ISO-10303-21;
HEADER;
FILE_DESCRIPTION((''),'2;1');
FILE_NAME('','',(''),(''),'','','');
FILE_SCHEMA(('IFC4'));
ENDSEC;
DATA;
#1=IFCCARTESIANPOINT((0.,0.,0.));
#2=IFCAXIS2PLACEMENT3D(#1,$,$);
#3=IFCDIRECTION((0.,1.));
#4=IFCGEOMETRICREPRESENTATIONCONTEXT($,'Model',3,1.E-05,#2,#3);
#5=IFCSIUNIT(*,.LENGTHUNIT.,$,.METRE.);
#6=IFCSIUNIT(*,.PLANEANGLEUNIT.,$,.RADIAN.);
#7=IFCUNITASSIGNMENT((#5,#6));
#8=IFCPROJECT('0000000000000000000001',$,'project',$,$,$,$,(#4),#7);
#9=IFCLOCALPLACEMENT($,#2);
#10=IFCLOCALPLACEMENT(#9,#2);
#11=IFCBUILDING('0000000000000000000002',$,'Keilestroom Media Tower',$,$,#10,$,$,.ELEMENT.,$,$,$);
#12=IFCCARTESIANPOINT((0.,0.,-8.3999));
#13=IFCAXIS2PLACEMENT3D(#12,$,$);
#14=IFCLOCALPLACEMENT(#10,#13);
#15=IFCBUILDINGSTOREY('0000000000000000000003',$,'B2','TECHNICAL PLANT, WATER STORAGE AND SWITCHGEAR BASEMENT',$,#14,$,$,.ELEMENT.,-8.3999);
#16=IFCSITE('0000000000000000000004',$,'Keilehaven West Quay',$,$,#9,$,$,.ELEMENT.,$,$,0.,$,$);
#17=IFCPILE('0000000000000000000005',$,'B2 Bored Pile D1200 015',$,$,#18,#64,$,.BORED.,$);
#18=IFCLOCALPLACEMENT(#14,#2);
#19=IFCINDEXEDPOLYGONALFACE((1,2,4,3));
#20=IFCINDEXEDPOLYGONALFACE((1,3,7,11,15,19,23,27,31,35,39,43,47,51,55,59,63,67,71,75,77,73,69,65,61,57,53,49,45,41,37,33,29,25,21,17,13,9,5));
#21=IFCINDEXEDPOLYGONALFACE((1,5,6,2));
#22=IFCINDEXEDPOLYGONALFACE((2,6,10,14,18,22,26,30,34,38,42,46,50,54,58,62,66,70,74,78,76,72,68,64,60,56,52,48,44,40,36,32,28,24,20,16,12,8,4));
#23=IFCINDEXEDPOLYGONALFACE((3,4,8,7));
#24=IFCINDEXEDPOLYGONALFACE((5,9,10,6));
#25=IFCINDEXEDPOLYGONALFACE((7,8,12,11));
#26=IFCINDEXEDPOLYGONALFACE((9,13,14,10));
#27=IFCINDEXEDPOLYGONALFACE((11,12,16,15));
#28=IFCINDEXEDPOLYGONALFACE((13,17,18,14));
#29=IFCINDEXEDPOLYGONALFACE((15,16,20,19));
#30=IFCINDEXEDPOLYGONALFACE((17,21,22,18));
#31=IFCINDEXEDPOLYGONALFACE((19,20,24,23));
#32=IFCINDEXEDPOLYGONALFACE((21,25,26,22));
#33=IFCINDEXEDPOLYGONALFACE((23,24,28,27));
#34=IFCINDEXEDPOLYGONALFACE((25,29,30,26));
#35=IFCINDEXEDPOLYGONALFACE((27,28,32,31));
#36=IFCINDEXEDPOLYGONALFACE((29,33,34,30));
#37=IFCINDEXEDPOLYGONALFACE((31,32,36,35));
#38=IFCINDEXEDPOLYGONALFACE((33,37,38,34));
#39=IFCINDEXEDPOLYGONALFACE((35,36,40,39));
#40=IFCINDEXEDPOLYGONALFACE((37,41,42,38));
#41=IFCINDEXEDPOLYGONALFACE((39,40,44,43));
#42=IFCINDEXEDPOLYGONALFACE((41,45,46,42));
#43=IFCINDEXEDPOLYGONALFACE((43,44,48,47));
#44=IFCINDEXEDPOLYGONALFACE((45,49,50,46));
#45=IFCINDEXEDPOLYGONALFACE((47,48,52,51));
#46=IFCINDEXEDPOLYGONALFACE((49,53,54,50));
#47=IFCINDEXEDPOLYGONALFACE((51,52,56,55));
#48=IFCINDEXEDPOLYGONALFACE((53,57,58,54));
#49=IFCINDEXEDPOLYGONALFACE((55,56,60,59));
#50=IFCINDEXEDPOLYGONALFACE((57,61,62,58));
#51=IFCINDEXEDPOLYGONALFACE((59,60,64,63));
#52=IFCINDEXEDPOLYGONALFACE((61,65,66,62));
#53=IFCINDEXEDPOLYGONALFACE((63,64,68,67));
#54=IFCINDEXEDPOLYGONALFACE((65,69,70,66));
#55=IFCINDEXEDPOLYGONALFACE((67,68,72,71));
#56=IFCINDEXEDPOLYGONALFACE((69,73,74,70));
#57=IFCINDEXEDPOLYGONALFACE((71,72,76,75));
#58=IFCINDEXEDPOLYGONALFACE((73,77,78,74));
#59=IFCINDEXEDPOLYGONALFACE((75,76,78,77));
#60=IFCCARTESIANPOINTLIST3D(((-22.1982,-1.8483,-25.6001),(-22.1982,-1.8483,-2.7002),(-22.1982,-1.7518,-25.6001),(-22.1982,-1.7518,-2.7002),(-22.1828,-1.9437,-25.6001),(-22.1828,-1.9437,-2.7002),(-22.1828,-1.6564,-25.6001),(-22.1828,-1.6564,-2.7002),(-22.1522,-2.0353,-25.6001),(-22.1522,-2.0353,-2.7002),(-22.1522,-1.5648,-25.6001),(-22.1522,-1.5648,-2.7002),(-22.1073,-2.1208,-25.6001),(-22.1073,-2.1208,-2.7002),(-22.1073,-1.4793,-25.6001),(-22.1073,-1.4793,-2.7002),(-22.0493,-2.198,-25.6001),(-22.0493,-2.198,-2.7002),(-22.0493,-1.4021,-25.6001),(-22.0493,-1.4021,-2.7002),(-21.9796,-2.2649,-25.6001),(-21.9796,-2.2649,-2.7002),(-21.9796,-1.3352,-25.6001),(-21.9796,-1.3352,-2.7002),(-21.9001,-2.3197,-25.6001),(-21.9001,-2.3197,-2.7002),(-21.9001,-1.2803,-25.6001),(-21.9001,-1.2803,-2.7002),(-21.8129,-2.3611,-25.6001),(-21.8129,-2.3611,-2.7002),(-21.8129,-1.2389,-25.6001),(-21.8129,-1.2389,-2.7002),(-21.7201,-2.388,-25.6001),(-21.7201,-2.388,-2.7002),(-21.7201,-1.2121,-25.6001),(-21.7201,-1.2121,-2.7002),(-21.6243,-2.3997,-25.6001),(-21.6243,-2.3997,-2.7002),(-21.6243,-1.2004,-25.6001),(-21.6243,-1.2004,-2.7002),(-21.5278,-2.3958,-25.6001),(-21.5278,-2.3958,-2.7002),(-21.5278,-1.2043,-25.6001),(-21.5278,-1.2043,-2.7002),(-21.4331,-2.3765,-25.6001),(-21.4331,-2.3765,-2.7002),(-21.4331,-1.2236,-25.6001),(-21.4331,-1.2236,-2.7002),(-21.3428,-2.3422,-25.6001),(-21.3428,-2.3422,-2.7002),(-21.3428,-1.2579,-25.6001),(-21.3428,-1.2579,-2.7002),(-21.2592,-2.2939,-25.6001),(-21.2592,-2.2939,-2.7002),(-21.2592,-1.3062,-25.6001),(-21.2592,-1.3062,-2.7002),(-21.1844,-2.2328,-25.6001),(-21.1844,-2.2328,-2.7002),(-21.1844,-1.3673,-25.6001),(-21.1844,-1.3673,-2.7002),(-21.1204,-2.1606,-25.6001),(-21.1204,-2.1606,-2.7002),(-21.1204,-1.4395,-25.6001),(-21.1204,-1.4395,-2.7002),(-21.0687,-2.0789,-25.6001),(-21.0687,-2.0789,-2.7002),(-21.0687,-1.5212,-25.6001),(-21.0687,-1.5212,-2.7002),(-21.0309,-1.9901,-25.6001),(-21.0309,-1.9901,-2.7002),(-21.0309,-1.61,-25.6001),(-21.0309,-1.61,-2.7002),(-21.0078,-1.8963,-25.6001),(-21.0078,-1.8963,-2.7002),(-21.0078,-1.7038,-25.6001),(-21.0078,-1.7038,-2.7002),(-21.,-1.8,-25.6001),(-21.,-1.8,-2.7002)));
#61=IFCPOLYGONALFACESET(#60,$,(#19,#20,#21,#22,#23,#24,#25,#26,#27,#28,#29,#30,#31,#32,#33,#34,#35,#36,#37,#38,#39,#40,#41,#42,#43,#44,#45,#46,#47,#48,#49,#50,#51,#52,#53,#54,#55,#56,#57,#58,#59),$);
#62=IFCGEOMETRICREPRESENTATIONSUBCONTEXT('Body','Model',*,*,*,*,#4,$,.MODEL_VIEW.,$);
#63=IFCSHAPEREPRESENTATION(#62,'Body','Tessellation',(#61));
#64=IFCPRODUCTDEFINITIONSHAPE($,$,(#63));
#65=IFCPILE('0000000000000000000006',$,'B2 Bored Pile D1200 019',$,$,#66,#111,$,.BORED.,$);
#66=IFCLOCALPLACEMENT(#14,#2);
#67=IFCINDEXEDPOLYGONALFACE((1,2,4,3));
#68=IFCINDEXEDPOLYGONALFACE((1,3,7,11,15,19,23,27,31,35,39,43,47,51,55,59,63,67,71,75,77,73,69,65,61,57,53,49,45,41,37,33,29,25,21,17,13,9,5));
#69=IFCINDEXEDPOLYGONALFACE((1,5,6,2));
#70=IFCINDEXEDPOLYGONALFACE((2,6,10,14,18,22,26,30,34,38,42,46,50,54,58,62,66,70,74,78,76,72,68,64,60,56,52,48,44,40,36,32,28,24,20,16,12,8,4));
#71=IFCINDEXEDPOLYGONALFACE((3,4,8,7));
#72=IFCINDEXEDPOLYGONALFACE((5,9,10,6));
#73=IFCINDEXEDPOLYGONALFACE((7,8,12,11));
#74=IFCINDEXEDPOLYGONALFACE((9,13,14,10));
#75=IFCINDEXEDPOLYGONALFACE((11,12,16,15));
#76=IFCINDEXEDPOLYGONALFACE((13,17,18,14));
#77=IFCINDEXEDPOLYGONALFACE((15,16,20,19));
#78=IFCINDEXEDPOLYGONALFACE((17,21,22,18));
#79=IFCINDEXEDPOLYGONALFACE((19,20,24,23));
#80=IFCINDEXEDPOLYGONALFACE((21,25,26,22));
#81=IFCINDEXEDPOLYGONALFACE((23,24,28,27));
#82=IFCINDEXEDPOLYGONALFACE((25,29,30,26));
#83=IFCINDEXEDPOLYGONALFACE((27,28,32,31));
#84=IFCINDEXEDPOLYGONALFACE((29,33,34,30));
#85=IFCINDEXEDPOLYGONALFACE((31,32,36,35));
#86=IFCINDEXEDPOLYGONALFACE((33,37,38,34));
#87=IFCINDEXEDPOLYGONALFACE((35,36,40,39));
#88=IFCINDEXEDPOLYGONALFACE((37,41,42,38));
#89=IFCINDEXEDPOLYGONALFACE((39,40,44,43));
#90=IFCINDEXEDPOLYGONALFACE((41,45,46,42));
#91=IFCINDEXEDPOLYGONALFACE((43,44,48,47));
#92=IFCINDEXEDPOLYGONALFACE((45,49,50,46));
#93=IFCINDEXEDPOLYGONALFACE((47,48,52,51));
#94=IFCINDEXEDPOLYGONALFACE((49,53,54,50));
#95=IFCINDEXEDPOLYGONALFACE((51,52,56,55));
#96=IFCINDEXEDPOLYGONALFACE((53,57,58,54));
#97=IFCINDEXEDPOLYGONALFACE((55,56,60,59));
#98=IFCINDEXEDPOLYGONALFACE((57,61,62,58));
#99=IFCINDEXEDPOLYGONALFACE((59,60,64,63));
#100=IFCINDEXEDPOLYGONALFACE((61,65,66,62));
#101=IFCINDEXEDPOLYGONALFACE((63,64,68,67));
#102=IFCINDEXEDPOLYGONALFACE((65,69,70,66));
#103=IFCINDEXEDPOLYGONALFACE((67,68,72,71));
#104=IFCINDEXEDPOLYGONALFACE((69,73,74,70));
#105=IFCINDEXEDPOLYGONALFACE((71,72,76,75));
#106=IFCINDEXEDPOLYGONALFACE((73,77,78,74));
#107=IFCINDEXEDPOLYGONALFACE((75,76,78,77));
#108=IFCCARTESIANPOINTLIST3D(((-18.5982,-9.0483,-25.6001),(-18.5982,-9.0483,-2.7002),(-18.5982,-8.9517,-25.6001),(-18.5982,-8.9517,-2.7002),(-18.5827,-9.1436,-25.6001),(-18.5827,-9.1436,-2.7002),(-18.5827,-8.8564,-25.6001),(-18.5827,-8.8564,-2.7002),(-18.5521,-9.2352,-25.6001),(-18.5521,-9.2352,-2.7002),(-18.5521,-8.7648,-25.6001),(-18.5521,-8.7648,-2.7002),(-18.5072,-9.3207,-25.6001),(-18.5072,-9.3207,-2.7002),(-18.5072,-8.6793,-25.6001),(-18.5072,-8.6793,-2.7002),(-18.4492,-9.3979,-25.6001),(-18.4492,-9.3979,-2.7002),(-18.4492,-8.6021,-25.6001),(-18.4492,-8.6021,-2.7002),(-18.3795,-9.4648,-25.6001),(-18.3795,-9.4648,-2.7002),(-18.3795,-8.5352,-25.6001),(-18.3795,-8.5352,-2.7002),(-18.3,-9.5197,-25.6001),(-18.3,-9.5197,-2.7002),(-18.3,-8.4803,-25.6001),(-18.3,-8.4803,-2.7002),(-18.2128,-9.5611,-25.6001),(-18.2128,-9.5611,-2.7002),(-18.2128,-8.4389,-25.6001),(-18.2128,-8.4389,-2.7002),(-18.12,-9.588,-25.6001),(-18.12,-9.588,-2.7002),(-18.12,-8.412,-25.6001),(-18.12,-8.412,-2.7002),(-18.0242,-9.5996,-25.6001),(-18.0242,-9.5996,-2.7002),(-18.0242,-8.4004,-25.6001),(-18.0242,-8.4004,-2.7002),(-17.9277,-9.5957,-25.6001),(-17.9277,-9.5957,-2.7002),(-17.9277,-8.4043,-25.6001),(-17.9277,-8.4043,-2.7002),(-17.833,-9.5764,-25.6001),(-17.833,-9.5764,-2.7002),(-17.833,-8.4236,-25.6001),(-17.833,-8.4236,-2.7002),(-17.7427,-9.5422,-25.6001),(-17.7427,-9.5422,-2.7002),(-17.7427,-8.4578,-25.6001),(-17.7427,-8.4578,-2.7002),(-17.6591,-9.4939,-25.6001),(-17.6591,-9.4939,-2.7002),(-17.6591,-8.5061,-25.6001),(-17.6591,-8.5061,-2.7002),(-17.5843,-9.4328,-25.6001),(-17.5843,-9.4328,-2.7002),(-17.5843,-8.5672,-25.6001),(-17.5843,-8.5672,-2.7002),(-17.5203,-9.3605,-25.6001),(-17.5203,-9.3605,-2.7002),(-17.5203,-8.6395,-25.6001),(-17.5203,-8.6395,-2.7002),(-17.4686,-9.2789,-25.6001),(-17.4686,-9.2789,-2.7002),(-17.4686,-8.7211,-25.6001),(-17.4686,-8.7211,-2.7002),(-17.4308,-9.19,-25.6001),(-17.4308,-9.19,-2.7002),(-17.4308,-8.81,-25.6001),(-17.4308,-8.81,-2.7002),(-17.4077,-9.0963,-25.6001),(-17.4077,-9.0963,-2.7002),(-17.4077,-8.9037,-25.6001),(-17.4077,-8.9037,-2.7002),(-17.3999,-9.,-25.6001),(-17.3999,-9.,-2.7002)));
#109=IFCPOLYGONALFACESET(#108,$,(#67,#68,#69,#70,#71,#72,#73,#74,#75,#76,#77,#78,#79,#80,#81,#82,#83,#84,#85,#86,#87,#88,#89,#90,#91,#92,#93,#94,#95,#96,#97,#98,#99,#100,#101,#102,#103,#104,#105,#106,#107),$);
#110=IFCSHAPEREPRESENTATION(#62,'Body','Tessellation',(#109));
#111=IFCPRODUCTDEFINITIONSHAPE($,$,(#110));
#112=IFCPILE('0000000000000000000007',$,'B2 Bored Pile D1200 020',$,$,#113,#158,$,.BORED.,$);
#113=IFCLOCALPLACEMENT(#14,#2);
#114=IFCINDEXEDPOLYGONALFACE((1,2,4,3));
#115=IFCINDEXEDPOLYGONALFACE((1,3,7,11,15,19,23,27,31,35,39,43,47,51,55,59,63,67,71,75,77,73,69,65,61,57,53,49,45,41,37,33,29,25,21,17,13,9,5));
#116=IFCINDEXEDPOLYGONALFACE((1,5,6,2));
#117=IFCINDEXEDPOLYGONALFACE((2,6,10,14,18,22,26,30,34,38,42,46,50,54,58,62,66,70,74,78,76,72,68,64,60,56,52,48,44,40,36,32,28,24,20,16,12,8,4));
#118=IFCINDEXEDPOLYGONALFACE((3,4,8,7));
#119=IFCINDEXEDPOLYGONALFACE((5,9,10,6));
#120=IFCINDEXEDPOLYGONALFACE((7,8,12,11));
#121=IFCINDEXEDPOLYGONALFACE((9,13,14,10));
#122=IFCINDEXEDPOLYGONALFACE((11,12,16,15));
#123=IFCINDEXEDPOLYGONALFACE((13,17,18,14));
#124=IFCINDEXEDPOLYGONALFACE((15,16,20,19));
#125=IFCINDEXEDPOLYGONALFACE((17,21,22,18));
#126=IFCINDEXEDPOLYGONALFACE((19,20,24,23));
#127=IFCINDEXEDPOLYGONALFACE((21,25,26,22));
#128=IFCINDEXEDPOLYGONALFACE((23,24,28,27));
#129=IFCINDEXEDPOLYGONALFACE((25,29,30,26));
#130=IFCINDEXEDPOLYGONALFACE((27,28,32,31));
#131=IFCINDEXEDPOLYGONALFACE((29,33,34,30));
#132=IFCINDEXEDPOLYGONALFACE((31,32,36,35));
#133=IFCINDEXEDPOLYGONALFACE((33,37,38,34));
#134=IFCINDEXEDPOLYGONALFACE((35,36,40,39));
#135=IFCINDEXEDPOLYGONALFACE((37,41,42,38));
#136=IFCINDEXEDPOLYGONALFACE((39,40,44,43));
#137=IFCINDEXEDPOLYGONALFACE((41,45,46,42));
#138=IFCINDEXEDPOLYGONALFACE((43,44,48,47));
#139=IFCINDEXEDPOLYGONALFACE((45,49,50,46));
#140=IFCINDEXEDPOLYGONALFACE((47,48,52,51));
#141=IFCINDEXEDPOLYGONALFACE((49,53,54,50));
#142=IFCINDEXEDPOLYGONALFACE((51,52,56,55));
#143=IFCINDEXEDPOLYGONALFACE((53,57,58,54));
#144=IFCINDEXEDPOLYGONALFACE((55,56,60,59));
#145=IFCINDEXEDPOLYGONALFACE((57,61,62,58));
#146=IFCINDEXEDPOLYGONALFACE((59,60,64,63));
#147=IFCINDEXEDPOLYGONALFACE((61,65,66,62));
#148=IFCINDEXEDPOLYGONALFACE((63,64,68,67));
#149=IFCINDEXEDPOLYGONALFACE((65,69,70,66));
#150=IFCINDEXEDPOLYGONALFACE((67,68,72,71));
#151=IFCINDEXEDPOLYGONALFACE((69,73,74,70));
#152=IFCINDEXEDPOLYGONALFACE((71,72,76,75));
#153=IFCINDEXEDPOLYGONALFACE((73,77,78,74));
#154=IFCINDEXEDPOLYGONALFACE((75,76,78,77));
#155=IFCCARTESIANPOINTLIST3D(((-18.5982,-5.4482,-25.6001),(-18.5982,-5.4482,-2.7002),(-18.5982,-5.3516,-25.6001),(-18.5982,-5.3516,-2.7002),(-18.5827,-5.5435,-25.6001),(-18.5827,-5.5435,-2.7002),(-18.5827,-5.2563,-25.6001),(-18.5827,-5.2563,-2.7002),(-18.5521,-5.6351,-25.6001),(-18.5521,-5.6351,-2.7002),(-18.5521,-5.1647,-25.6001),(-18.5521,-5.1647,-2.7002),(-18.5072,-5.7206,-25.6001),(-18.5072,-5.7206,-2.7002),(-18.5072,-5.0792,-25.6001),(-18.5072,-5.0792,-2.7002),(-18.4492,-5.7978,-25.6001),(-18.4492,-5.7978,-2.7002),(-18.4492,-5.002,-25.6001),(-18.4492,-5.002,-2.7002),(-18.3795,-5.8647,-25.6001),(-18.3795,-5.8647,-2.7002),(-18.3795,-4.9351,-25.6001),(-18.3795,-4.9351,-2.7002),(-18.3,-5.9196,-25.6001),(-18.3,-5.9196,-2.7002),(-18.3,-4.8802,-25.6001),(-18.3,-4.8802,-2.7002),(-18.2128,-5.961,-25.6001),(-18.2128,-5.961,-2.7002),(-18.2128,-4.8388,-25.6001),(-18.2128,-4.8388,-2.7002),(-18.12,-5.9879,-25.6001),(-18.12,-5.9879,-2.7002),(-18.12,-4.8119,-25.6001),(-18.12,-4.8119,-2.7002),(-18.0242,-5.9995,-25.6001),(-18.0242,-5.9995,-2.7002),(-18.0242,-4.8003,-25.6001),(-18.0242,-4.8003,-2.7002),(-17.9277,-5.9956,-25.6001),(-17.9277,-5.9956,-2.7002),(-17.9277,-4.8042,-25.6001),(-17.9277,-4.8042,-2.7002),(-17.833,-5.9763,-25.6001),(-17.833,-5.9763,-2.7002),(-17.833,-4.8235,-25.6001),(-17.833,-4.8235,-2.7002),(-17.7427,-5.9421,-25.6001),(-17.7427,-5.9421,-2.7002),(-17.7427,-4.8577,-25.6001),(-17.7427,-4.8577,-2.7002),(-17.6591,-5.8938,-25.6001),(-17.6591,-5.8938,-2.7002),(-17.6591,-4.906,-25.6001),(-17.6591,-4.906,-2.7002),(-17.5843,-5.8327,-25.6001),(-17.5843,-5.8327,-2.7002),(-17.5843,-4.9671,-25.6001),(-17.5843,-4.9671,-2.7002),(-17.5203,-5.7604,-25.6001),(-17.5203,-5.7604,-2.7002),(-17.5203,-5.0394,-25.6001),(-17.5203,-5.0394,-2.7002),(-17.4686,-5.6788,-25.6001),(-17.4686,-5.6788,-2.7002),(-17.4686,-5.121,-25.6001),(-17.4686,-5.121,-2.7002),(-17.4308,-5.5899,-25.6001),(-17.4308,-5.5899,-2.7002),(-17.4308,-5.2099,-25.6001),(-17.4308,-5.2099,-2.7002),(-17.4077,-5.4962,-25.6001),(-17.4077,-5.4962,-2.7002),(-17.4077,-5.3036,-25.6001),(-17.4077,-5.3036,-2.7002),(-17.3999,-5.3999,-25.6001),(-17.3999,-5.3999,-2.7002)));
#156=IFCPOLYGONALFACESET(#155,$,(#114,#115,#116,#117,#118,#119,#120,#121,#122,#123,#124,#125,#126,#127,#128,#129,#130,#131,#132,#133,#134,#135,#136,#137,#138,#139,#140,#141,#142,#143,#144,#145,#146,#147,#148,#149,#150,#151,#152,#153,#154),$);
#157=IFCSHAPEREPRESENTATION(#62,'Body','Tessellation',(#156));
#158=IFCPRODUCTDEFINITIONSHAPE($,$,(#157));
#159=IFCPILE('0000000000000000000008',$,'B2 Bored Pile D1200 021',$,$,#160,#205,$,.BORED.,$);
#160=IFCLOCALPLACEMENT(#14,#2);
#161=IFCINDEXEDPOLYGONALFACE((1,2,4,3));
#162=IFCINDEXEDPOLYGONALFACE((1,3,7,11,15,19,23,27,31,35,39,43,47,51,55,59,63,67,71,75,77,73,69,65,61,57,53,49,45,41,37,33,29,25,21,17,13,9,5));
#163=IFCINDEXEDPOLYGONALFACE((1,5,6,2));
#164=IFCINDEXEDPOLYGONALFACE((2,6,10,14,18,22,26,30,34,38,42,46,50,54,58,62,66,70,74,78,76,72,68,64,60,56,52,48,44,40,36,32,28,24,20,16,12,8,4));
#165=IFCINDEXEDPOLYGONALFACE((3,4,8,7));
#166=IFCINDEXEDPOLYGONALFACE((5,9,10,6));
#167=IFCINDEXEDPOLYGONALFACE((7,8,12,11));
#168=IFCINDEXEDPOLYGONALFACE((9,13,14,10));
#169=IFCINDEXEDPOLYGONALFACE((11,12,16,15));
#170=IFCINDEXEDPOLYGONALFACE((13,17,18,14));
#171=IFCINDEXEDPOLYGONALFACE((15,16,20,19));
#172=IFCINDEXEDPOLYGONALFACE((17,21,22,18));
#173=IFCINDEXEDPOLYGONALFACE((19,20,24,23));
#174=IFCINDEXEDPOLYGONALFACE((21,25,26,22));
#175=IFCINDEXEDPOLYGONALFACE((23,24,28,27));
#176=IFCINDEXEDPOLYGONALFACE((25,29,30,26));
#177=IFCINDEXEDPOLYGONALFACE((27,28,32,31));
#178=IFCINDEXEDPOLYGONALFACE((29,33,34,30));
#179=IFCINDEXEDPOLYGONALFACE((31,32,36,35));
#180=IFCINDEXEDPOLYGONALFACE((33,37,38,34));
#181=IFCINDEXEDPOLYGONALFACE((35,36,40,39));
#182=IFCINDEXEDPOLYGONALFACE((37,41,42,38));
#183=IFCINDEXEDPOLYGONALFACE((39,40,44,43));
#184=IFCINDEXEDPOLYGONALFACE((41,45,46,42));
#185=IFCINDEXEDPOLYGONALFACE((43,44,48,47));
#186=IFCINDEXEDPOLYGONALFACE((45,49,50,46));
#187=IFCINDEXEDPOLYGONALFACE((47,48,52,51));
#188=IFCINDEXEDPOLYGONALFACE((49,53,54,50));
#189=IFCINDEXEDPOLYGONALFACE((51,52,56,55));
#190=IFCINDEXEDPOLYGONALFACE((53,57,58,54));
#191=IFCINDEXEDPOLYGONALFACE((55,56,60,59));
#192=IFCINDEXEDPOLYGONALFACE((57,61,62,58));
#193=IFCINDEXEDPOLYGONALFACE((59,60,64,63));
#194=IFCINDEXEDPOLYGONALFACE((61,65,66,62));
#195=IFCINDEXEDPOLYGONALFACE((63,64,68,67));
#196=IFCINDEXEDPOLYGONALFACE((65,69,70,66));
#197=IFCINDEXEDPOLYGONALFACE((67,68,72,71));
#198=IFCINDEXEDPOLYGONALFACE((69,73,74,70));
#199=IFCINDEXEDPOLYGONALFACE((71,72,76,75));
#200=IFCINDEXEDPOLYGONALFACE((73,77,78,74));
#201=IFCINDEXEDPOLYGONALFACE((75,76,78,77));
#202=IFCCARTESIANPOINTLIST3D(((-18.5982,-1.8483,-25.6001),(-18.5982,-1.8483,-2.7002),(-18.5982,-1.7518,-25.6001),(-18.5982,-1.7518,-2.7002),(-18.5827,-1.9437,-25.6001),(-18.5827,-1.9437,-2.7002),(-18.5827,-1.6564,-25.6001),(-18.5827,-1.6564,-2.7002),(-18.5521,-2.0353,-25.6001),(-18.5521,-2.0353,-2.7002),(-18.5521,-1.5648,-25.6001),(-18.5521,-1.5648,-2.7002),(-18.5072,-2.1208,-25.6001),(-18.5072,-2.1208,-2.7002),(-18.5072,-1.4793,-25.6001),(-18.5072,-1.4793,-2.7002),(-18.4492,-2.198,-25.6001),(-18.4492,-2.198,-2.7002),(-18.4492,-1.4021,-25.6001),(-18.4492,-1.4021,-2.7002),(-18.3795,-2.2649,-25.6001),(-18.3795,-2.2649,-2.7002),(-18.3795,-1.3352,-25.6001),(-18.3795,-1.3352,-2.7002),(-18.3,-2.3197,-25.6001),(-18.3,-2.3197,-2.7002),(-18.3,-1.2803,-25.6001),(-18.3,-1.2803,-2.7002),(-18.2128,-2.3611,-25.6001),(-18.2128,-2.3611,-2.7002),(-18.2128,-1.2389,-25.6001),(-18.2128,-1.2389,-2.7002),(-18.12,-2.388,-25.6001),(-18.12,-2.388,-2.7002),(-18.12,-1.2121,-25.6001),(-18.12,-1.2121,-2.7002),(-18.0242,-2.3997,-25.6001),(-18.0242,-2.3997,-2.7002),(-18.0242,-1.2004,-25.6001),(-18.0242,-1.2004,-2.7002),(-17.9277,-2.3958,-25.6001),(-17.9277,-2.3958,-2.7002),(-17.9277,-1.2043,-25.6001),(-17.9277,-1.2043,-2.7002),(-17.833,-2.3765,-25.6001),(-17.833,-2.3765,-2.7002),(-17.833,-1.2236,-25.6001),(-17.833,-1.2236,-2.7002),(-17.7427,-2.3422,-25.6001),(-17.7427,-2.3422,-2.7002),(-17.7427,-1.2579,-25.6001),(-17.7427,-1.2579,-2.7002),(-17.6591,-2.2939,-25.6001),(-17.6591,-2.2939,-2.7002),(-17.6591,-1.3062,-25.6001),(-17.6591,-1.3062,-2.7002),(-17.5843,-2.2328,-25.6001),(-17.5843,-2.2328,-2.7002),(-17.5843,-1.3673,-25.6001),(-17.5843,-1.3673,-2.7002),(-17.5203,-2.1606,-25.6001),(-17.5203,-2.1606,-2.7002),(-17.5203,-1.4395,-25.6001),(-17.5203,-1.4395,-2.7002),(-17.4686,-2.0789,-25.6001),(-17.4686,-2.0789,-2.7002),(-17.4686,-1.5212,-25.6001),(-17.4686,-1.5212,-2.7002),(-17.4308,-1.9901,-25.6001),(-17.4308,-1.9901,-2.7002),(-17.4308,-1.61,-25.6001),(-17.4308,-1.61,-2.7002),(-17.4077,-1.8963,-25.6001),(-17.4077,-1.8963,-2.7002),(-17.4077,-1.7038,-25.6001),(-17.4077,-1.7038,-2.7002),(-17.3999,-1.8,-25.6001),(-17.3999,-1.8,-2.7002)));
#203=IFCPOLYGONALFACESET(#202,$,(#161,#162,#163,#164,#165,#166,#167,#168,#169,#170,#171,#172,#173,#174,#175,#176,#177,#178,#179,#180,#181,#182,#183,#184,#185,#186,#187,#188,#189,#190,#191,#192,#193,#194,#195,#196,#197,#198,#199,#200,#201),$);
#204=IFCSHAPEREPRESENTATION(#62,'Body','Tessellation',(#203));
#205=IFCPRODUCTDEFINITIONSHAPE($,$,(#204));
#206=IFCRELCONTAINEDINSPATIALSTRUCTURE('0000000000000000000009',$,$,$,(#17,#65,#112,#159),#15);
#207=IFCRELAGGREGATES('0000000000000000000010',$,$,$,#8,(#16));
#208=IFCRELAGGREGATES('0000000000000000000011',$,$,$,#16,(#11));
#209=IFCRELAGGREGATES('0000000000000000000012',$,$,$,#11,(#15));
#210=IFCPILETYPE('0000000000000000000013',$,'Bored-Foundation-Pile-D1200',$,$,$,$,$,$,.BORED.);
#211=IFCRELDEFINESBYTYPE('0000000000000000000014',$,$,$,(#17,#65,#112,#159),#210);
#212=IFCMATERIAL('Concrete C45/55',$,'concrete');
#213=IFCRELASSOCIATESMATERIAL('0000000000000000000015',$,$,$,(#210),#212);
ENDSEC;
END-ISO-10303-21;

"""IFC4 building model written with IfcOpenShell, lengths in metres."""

from ifc_helpers import new_model, si_unit, direction, frame, origin, origin_2d, place, context, subcontext, project, spatial, circle, extrude, source, transform, mapped, material, material_profile, profile_set, type_object, element, save


model = new_model("IFC4")

# Units and contexts
model_context = context("Model", 3, precision=1e-05, world=origin(), true_north=direction((0.0, 1.0)))
body_context = subcontext(model_context, "Body", "Model", "MODEL_VIEW")
ifc_project = project(units=[si_unit("LENGTHUNIT", "METRE"), si_unit("PLANEANGLEUNIT", "RADIAN")], contexts=[model_context])

# Site, building, storey
site_placement = place(None, origin())
site = spatial("IfcSite", under=ifc_project, at=site_placement, Name="Keilehaven West Quay", CompositionType="ELEMENT", RefElevation=0.0)
building_placement = place(site_placement, origin())
building = spatial("IfcBuilding", under=site, at=building_placement, Name="Keilestroom Media Tower", CompositionType="ELEMENT")
storey_placement = place(building_placement, frame((0.0, 0.0, -8.3999)))
storey = spatial("IfcBuildingStorey", under=building, at=storey_placement, Name="B2", Description="TECHNICAL PLANT, WATER STORAGE AND SWITCHGEAR BASEMENT", CompositionType="ELEMENT", Elevation=-8.3999)

# Piles
ifc_material_1 = material(Name="Concrete C45/55", Category="concrete")
ifc_material_profile_1 = material_profile(ifc_material_1, circle(Radius=0.6001, at=origin_2d()), Name="BORED PILE D1200")
ifc_profile_set_1 = profile_set([ifc_material_profile_1], Name="Concrete C45/55")
pile_type_1 = type_object("IfcPileType", Name="Bored-Foundation-Pile-D1200", PredefinedType="BORED", material=ifc_profile_set_1)
shared_shape_1 = source(origin(), body_context, "Body", "SweptSolid", [
    extrude(circle(Radius=0.6001, at=origin_2d()), origin(), (0.0, 0.0, 1.0), 22.8999),
])
for number, where, z_axis, x_axis, name in (
    (1, (-21.6001, -1.8, -2.7002), (0.0, 0.0, -1.0), (1.0, 0.0, 0.0), "B2 Bored Pile D1200 015"),
    (2, (-18.0, -9.0, -2.7002), (0.0, 0.0, -1.0), (1.0, 0.0, 0.0), "B2 Bored Pile D1200 019"),
    (3, (-18.0, -5.3999, -2.7002), (0.0, 0.0, -1.0), (1.0, 0.0, 0.0), "B2 Bored Pile D1200 020"),
    (4, (-18.0, -1.8, -2.7002), (0.0, 0.0, -1.0), (1.0, 0.0, 0.0), "B2 Bored Pile D1200 021"),
):
    element("IfcPile", number, at=place(storey_placement, frame(where, z_axis=z_axis, x_axis=x_axis)), inside=storey, type_object=pile_type_1, Name=name, PredefinedType="BORED", context=body_context, shape_type="MappedRepresentation", body=[
        mapped(shared_shape_1, transform((0.0, 0.0, 0.0), x_axis=(1.0, 0.0, 0.0), y_axis=(0.0, 1.0, 0.0), z_axis=(0.0, 0.0, 1.0), scale=1.0)),
    ])

save(model, "model.ifc")
